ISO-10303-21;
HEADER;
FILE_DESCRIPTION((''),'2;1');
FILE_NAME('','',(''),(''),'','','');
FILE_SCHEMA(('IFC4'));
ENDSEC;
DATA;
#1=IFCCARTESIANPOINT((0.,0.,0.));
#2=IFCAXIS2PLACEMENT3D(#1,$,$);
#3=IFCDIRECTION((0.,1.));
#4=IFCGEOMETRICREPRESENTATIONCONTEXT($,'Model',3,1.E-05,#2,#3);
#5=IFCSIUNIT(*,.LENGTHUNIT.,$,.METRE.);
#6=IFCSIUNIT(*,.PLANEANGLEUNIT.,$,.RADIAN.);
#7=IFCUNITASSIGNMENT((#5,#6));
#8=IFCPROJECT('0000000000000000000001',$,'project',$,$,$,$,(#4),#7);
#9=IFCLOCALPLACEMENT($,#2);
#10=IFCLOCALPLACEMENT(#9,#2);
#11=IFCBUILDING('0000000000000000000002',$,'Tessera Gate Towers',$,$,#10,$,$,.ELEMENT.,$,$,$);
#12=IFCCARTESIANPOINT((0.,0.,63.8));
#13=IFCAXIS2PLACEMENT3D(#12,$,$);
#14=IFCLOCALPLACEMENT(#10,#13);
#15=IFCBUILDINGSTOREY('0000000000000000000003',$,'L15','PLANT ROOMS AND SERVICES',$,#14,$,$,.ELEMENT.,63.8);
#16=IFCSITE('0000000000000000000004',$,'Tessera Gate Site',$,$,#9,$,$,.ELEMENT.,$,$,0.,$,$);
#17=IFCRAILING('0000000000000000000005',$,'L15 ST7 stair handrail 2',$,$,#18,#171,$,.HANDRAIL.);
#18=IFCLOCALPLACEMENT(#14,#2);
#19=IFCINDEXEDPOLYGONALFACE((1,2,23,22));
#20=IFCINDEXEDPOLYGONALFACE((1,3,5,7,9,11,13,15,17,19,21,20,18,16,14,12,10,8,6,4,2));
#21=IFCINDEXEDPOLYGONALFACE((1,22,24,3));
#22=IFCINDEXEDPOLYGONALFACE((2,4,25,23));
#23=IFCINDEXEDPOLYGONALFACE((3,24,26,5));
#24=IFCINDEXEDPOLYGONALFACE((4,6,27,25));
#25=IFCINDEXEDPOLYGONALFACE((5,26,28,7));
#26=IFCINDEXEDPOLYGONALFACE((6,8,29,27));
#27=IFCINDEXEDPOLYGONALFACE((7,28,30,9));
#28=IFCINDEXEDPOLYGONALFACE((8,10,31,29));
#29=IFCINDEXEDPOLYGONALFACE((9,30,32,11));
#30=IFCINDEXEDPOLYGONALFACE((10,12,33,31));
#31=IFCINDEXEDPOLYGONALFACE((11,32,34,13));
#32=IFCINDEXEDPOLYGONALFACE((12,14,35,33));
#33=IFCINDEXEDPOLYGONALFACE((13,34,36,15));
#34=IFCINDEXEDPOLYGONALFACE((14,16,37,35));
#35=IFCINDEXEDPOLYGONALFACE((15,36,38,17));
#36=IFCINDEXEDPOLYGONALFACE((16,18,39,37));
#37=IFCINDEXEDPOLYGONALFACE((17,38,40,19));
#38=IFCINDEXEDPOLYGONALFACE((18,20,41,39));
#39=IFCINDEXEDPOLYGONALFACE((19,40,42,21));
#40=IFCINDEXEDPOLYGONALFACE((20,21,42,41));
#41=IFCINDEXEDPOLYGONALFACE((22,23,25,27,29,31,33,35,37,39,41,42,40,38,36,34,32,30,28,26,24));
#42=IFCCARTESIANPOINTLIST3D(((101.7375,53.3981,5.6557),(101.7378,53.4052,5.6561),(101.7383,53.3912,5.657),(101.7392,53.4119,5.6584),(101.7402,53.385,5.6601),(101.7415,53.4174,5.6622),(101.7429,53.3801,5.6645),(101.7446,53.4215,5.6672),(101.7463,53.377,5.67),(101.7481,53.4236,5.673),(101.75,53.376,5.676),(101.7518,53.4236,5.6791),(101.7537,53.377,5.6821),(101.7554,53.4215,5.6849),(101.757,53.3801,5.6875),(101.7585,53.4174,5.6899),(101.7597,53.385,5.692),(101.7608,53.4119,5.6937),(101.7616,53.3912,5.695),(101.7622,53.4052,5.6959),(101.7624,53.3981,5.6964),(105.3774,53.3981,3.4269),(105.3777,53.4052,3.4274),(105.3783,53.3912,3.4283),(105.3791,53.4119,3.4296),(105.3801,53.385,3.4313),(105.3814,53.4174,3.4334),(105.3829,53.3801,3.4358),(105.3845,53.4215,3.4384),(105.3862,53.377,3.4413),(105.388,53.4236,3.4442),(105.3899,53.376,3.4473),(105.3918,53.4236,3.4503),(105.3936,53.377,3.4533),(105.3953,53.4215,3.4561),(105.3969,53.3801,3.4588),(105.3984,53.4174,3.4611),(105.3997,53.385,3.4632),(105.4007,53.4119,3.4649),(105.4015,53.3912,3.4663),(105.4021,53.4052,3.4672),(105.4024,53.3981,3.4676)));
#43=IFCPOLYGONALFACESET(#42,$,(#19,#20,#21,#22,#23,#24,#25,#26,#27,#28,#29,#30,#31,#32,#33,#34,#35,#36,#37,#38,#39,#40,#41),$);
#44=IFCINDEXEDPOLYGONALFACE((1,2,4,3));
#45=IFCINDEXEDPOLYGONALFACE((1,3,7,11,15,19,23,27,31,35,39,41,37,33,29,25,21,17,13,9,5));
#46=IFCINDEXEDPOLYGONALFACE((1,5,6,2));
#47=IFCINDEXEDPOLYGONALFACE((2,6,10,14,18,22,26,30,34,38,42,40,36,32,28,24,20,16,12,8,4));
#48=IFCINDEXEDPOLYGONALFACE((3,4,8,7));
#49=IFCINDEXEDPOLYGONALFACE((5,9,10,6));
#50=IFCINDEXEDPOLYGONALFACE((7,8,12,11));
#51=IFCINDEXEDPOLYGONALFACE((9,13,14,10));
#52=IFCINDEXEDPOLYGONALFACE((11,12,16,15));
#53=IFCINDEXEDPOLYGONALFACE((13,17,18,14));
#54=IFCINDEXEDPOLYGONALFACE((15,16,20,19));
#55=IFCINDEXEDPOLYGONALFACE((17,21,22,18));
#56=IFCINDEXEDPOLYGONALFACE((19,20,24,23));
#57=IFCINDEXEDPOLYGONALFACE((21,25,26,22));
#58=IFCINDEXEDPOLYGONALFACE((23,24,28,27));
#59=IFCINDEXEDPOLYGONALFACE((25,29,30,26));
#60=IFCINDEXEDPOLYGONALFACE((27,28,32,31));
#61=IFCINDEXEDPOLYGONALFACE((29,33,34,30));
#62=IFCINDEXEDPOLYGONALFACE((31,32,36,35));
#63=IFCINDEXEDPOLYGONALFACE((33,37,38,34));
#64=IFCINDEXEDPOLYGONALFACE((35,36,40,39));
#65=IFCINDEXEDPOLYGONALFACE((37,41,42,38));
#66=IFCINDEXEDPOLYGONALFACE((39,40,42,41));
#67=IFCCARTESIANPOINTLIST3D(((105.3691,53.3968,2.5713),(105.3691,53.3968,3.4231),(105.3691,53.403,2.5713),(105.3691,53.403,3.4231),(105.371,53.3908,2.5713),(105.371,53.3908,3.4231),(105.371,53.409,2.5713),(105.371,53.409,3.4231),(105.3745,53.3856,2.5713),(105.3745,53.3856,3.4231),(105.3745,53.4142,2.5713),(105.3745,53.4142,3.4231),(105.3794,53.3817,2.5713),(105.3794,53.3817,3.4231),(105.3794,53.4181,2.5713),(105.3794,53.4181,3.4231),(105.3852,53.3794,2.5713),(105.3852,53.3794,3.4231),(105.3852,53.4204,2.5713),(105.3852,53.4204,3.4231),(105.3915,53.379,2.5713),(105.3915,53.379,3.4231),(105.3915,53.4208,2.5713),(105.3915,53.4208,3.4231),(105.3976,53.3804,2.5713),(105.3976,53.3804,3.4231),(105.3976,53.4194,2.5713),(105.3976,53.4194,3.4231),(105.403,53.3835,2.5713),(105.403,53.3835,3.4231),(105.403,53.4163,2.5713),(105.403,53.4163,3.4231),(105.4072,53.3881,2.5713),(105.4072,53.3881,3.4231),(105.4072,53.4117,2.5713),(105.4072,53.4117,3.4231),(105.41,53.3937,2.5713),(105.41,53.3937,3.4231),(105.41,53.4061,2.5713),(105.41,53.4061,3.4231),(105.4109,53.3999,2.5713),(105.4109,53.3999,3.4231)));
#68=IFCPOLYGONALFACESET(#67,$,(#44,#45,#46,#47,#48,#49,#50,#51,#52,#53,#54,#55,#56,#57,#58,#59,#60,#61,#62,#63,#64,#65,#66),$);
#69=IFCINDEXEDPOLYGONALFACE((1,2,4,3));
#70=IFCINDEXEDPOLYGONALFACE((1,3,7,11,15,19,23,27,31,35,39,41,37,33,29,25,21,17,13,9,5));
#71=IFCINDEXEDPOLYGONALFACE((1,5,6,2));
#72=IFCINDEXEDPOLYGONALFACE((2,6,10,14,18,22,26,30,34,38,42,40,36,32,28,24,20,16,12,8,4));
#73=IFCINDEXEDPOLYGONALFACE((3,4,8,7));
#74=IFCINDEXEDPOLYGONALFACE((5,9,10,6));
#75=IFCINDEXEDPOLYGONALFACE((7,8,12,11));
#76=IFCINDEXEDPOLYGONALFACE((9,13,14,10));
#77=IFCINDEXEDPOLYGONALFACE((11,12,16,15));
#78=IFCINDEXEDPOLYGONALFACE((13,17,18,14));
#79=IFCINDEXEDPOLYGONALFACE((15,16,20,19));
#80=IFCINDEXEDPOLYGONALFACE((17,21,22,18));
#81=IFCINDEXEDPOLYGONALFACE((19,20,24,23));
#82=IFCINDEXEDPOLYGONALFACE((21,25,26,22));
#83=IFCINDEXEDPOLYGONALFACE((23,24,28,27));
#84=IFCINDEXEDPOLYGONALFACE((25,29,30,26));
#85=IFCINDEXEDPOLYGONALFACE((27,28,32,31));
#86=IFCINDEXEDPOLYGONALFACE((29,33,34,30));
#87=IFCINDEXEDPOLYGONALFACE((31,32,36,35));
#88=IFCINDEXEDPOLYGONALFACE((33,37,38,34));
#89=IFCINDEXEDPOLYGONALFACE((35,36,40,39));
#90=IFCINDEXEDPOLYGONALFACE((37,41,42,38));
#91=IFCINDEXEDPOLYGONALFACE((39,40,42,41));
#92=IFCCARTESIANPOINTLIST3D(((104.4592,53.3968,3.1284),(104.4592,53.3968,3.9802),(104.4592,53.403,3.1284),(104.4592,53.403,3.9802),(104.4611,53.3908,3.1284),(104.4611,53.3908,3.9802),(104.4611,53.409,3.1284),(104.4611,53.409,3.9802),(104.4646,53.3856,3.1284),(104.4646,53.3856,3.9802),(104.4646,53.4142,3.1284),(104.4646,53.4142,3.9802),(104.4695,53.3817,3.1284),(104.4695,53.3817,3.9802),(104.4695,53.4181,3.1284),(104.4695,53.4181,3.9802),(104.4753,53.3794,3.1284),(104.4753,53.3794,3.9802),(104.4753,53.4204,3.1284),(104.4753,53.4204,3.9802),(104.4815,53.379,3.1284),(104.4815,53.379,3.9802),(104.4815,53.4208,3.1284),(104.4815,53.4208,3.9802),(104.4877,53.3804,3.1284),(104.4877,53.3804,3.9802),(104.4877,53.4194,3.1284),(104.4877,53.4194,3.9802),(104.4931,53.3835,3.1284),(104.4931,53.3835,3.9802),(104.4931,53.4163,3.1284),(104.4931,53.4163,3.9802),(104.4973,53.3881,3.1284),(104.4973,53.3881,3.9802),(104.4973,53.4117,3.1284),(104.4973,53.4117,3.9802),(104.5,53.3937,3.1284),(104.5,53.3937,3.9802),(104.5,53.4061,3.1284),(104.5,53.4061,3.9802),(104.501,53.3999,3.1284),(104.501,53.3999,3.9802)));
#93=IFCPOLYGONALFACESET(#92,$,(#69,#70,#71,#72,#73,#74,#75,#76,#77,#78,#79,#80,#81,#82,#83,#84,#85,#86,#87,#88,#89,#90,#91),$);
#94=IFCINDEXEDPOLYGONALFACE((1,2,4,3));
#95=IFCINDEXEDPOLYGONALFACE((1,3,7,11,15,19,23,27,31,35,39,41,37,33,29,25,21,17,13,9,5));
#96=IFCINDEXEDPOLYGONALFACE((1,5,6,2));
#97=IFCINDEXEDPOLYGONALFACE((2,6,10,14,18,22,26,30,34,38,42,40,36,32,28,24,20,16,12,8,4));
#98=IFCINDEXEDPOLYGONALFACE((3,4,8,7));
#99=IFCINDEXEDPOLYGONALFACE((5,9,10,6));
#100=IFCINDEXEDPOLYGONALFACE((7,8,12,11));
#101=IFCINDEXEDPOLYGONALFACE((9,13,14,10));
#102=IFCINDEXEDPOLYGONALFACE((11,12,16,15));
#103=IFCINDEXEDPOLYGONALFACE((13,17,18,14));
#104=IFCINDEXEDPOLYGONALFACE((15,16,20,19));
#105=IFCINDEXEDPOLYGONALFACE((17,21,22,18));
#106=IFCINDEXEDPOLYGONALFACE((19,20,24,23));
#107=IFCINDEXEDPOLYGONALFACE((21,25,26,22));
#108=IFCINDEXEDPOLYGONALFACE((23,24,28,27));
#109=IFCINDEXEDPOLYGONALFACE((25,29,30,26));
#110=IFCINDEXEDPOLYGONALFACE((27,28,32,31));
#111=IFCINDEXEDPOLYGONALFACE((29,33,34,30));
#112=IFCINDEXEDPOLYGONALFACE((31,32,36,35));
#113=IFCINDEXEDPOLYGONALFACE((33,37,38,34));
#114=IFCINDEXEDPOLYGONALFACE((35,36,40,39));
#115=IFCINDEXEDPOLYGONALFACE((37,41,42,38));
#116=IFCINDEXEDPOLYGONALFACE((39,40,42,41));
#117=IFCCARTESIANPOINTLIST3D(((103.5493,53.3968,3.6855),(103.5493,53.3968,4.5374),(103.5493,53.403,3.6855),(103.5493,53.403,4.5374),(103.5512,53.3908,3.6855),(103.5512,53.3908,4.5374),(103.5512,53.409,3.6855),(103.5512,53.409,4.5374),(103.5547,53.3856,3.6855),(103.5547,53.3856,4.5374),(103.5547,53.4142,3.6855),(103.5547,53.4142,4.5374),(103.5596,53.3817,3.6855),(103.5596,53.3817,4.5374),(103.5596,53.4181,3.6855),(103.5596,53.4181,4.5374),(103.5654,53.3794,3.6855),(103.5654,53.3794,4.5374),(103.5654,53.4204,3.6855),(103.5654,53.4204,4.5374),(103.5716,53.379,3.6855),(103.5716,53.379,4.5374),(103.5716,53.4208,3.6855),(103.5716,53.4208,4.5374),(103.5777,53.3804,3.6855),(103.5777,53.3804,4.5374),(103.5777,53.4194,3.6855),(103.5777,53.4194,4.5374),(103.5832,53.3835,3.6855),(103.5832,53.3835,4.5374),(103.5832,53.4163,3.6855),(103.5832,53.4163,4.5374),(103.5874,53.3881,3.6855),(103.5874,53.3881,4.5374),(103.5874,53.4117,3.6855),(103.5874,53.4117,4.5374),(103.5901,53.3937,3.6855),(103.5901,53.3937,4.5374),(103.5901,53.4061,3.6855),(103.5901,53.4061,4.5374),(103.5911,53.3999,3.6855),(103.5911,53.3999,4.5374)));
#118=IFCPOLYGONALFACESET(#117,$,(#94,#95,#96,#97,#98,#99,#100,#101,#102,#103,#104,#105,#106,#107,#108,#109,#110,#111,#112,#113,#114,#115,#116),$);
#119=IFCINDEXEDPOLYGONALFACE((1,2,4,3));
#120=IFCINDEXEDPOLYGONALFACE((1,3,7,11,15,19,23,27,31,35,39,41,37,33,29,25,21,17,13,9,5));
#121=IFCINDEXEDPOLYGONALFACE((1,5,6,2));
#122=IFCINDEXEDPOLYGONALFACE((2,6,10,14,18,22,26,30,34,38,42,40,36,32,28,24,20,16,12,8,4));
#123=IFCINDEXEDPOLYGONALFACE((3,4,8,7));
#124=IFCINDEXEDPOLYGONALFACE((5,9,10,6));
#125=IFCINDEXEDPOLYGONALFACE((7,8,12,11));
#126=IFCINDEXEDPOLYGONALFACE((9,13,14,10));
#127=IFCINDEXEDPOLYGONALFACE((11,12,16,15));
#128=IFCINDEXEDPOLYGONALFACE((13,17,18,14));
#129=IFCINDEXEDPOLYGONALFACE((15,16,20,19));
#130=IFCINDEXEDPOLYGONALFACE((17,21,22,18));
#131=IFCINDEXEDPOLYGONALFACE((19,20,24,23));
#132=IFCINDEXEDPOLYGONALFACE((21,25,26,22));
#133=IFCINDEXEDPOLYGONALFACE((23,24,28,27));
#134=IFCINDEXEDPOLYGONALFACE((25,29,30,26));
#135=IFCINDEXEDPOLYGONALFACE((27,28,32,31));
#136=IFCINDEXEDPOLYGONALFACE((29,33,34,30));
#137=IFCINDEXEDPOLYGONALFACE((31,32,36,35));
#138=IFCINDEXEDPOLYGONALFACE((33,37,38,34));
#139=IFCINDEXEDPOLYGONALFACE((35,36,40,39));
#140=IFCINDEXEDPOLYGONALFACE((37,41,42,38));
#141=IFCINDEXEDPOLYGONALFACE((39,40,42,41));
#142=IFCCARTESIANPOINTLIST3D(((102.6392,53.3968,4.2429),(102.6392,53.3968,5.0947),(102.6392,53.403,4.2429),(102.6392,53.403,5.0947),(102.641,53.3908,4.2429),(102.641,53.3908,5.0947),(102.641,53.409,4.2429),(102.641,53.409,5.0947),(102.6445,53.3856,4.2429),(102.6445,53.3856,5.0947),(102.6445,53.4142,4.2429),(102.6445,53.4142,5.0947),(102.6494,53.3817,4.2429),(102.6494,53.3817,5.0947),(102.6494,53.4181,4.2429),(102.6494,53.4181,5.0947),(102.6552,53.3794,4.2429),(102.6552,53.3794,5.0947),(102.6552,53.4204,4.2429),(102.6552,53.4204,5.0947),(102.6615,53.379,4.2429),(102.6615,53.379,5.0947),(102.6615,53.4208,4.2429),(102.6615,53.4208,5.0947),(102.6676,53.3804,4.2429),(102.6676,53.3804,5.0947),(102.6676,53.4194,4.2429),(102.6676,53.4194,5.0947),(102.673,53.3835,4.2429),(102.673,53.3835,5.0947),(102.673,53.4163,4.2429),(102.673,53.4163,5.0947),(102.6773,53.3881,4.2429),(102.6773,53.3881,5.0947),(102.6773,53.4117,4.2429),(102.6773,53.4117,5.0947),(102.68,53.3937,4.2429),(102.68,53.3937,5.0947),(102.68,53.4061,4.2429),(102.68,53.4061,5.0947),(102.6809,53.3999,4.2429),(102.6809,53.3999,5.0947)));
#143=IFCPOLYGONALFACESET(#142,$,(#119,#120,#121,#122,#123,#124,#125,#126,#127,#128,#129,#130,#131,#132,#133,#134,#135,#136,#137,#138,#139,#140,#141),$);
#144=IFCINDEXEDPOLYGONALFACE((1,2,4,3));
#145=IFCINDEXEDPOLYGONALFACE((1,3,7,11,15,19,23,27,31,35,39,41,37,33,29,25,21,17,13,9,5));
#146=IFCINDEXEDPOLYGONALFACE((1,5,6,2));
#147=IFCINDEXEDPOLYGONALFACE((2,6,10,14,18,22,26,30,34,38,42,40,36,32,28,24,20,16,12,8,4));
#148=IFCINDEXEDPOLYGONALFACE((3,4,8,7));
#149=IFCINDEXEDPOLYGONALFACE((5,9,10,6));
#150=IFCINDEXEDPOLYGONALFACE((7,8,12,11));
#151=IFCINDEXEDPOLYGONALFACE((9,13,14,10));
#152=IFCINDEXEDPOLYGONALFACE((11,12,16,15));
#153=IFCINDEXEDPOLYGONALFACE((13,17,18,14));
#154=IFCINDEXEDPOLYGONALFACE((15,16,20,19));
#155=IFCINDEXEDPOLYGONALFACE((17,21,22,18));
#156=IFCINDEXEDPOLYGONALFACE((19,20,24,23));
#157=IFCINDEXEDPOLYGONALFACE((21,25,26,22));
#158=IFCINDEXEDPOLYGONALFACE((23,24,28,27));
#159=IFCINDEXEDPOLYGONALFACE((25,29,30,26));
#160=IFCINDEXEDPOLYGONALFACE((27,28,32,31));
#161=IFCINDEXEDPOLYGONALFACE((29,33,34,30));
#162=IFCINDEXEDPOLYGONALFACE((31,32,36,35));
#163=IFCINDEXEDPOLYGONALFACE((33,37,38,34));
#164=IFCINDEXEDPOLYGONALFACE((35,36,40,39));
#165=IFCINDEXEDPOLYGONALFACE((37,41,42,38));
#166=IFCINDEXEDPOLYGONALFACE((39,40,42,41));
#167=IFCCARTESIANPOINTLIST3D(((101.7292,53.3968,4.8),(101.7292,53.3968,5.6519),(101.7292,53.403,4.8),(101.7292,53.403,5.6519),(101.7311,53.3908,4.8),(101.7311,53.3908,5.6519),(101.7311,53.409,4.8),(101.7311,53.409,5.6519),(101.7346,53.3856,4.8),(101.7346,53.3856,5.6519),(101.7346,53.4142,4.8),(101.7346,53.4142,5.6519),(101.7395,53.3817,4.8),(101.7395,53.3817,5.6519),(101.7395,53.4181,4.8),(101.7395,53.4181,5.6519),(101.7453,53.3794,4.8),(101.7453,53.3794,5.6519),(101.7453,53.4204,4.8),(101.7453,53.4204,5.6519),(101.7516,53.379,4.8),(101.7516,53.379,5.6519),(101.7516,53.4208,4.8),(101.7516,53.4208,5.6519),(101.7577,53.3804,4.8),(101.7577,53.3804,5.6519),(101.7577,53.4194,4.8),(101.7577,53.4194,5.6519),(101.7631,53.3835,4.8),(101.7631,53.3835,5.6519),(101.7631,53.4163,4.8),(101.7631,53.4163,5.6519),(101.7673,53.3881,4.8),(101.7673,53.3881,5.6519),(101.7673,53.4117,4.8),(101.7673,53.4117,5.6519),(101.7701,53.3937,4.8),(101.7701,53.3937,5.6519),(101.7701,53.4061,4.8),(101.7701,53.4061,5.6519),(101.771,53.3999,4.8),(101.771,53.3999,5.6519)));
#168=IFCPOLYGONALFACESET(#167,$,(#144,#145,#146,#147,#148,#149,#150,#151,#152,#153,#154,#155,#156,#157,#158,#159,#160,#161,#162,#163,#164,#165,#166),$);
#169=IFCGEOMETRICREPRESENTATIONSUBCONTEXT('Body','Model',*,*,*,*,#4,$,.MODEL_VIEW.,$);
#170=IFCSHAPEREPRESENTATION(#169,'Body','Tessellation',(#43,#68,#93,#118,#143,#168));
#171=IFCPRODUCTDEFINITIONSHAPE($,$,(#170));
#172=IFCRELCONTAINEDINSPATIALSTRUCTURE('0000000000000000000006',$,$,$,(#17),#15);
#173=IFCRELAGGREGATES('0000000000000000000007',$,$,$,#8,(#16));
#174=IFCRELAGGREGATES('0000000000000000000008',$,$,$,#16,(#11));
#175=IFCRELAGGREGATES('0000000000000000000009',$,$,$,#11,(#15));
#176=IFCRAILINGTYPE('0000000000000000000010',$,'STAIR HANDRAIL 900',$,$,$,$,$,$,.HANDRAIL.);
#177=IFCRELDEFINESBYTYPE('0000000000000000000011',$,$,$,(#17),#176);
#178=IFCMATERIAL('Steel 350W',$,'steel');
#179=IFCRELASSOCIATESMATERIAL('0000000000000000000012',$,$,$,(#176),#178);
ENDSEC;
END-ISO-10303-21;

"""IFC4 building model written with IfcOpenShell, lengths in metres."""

from ifc_helpers import new_model, si_unit, direction, frame, origin, origin_2d, place, context, subcontext, project, spatial, circle, extrude, material, type_object, element, save


model = new_model("IFC4")

# Units and contexts
model_context = context("Model", 3, precision=1e-05, world=origin(), true_north=direction((0.0, 1.0)))
body_context = subcontext(model_context, "Body", "Model", "MODEL_VIEW")
ifc_project = project(units=[si_unit("LENGTHUNIT", "METRE"), si_unit("PLANEANGLEUNIT", "RADIAN")], contexts=[model_context])

# Site, building, storey
site_placement = place(None, origin())
site = spatial("IfcSite", under=ifc_project, at=site_placement, Name="Tessera Gate Site", CompositionType="ELEMENT", RefElevation=0.0)
building_placement = place(site_placement, origin())
building = spatial("IfcBuilding", under=site, at=building_placement, Name="Tessera Gate Towers", CompositionType="ELEMENT")
storey_placement = place(building_placement, frame((0.0, 0.0, 63.8)))
storey = spatial("IfcBuildingStorey", under=building, at=storey_placement, Name="L15", Description="PLANT ROOMS AND SERVICES", CompositionType="ELEMENT", Elevation=63.8)

# Railing
ifc_material_1 = material(Name="Steel 350W", Category="steel")
railing_type_1 = type_object("IfcRailingType", Name="STAIR HANDRAIL 900", PredefinedType="HANDRAIL", material=ifc_material_1)
railing_1_placement = place(storey_placement, frame((105.3899, 53.3999, 2.5713)))
element("IfcRailing", 1, at=railing_1_placement, inside=storey, type_object=railing_type_1, Name="L15 ST7 stair handrail 2", PredefinedType="HANDRAIL", context=body_context, shape_type="SweptSolid", body=[
    extrude(circle(Radius=0.0239, at=origin_2d()), frame((0.0, 0.0, 0.876), z_axis=(-0.852825, 0.0, 0.522197), x_axis=(0.0, -1.0, 0.0)), (0.0, 0.0, 1.0), 4.2681),
    extrude(circle(Radius=0.021, at=origin_2d()), origin(), (0.0, 0.0, 1.0), 0.8518),
    extrude(circle(Radius=0.021, at=origin_2d()), frame((-0.9099, 0.0, 0.5571)), (0.0, 0.0, 1.0), 0.8518),
    extrude(circle(Radius=0.021, at=origin_2d()), frame((-1.8198, 0.0, 1.1143)), (0.0, 0.0, 1.0), 0.8518),
    extrude(circle(Radius=0.021, at=origin_2d()), frame((-2.73, 0.0, 1.6716)), (0.0, 0.0, 1.0), 0.8518),
    extrude(circle(Radius=0.021, at=origin_2d()), frame((-3.6399, 0.0, 2.2288)), (0.0, 0.0, 1.0), 0.8518),
])

save(model, "model.ifc")
